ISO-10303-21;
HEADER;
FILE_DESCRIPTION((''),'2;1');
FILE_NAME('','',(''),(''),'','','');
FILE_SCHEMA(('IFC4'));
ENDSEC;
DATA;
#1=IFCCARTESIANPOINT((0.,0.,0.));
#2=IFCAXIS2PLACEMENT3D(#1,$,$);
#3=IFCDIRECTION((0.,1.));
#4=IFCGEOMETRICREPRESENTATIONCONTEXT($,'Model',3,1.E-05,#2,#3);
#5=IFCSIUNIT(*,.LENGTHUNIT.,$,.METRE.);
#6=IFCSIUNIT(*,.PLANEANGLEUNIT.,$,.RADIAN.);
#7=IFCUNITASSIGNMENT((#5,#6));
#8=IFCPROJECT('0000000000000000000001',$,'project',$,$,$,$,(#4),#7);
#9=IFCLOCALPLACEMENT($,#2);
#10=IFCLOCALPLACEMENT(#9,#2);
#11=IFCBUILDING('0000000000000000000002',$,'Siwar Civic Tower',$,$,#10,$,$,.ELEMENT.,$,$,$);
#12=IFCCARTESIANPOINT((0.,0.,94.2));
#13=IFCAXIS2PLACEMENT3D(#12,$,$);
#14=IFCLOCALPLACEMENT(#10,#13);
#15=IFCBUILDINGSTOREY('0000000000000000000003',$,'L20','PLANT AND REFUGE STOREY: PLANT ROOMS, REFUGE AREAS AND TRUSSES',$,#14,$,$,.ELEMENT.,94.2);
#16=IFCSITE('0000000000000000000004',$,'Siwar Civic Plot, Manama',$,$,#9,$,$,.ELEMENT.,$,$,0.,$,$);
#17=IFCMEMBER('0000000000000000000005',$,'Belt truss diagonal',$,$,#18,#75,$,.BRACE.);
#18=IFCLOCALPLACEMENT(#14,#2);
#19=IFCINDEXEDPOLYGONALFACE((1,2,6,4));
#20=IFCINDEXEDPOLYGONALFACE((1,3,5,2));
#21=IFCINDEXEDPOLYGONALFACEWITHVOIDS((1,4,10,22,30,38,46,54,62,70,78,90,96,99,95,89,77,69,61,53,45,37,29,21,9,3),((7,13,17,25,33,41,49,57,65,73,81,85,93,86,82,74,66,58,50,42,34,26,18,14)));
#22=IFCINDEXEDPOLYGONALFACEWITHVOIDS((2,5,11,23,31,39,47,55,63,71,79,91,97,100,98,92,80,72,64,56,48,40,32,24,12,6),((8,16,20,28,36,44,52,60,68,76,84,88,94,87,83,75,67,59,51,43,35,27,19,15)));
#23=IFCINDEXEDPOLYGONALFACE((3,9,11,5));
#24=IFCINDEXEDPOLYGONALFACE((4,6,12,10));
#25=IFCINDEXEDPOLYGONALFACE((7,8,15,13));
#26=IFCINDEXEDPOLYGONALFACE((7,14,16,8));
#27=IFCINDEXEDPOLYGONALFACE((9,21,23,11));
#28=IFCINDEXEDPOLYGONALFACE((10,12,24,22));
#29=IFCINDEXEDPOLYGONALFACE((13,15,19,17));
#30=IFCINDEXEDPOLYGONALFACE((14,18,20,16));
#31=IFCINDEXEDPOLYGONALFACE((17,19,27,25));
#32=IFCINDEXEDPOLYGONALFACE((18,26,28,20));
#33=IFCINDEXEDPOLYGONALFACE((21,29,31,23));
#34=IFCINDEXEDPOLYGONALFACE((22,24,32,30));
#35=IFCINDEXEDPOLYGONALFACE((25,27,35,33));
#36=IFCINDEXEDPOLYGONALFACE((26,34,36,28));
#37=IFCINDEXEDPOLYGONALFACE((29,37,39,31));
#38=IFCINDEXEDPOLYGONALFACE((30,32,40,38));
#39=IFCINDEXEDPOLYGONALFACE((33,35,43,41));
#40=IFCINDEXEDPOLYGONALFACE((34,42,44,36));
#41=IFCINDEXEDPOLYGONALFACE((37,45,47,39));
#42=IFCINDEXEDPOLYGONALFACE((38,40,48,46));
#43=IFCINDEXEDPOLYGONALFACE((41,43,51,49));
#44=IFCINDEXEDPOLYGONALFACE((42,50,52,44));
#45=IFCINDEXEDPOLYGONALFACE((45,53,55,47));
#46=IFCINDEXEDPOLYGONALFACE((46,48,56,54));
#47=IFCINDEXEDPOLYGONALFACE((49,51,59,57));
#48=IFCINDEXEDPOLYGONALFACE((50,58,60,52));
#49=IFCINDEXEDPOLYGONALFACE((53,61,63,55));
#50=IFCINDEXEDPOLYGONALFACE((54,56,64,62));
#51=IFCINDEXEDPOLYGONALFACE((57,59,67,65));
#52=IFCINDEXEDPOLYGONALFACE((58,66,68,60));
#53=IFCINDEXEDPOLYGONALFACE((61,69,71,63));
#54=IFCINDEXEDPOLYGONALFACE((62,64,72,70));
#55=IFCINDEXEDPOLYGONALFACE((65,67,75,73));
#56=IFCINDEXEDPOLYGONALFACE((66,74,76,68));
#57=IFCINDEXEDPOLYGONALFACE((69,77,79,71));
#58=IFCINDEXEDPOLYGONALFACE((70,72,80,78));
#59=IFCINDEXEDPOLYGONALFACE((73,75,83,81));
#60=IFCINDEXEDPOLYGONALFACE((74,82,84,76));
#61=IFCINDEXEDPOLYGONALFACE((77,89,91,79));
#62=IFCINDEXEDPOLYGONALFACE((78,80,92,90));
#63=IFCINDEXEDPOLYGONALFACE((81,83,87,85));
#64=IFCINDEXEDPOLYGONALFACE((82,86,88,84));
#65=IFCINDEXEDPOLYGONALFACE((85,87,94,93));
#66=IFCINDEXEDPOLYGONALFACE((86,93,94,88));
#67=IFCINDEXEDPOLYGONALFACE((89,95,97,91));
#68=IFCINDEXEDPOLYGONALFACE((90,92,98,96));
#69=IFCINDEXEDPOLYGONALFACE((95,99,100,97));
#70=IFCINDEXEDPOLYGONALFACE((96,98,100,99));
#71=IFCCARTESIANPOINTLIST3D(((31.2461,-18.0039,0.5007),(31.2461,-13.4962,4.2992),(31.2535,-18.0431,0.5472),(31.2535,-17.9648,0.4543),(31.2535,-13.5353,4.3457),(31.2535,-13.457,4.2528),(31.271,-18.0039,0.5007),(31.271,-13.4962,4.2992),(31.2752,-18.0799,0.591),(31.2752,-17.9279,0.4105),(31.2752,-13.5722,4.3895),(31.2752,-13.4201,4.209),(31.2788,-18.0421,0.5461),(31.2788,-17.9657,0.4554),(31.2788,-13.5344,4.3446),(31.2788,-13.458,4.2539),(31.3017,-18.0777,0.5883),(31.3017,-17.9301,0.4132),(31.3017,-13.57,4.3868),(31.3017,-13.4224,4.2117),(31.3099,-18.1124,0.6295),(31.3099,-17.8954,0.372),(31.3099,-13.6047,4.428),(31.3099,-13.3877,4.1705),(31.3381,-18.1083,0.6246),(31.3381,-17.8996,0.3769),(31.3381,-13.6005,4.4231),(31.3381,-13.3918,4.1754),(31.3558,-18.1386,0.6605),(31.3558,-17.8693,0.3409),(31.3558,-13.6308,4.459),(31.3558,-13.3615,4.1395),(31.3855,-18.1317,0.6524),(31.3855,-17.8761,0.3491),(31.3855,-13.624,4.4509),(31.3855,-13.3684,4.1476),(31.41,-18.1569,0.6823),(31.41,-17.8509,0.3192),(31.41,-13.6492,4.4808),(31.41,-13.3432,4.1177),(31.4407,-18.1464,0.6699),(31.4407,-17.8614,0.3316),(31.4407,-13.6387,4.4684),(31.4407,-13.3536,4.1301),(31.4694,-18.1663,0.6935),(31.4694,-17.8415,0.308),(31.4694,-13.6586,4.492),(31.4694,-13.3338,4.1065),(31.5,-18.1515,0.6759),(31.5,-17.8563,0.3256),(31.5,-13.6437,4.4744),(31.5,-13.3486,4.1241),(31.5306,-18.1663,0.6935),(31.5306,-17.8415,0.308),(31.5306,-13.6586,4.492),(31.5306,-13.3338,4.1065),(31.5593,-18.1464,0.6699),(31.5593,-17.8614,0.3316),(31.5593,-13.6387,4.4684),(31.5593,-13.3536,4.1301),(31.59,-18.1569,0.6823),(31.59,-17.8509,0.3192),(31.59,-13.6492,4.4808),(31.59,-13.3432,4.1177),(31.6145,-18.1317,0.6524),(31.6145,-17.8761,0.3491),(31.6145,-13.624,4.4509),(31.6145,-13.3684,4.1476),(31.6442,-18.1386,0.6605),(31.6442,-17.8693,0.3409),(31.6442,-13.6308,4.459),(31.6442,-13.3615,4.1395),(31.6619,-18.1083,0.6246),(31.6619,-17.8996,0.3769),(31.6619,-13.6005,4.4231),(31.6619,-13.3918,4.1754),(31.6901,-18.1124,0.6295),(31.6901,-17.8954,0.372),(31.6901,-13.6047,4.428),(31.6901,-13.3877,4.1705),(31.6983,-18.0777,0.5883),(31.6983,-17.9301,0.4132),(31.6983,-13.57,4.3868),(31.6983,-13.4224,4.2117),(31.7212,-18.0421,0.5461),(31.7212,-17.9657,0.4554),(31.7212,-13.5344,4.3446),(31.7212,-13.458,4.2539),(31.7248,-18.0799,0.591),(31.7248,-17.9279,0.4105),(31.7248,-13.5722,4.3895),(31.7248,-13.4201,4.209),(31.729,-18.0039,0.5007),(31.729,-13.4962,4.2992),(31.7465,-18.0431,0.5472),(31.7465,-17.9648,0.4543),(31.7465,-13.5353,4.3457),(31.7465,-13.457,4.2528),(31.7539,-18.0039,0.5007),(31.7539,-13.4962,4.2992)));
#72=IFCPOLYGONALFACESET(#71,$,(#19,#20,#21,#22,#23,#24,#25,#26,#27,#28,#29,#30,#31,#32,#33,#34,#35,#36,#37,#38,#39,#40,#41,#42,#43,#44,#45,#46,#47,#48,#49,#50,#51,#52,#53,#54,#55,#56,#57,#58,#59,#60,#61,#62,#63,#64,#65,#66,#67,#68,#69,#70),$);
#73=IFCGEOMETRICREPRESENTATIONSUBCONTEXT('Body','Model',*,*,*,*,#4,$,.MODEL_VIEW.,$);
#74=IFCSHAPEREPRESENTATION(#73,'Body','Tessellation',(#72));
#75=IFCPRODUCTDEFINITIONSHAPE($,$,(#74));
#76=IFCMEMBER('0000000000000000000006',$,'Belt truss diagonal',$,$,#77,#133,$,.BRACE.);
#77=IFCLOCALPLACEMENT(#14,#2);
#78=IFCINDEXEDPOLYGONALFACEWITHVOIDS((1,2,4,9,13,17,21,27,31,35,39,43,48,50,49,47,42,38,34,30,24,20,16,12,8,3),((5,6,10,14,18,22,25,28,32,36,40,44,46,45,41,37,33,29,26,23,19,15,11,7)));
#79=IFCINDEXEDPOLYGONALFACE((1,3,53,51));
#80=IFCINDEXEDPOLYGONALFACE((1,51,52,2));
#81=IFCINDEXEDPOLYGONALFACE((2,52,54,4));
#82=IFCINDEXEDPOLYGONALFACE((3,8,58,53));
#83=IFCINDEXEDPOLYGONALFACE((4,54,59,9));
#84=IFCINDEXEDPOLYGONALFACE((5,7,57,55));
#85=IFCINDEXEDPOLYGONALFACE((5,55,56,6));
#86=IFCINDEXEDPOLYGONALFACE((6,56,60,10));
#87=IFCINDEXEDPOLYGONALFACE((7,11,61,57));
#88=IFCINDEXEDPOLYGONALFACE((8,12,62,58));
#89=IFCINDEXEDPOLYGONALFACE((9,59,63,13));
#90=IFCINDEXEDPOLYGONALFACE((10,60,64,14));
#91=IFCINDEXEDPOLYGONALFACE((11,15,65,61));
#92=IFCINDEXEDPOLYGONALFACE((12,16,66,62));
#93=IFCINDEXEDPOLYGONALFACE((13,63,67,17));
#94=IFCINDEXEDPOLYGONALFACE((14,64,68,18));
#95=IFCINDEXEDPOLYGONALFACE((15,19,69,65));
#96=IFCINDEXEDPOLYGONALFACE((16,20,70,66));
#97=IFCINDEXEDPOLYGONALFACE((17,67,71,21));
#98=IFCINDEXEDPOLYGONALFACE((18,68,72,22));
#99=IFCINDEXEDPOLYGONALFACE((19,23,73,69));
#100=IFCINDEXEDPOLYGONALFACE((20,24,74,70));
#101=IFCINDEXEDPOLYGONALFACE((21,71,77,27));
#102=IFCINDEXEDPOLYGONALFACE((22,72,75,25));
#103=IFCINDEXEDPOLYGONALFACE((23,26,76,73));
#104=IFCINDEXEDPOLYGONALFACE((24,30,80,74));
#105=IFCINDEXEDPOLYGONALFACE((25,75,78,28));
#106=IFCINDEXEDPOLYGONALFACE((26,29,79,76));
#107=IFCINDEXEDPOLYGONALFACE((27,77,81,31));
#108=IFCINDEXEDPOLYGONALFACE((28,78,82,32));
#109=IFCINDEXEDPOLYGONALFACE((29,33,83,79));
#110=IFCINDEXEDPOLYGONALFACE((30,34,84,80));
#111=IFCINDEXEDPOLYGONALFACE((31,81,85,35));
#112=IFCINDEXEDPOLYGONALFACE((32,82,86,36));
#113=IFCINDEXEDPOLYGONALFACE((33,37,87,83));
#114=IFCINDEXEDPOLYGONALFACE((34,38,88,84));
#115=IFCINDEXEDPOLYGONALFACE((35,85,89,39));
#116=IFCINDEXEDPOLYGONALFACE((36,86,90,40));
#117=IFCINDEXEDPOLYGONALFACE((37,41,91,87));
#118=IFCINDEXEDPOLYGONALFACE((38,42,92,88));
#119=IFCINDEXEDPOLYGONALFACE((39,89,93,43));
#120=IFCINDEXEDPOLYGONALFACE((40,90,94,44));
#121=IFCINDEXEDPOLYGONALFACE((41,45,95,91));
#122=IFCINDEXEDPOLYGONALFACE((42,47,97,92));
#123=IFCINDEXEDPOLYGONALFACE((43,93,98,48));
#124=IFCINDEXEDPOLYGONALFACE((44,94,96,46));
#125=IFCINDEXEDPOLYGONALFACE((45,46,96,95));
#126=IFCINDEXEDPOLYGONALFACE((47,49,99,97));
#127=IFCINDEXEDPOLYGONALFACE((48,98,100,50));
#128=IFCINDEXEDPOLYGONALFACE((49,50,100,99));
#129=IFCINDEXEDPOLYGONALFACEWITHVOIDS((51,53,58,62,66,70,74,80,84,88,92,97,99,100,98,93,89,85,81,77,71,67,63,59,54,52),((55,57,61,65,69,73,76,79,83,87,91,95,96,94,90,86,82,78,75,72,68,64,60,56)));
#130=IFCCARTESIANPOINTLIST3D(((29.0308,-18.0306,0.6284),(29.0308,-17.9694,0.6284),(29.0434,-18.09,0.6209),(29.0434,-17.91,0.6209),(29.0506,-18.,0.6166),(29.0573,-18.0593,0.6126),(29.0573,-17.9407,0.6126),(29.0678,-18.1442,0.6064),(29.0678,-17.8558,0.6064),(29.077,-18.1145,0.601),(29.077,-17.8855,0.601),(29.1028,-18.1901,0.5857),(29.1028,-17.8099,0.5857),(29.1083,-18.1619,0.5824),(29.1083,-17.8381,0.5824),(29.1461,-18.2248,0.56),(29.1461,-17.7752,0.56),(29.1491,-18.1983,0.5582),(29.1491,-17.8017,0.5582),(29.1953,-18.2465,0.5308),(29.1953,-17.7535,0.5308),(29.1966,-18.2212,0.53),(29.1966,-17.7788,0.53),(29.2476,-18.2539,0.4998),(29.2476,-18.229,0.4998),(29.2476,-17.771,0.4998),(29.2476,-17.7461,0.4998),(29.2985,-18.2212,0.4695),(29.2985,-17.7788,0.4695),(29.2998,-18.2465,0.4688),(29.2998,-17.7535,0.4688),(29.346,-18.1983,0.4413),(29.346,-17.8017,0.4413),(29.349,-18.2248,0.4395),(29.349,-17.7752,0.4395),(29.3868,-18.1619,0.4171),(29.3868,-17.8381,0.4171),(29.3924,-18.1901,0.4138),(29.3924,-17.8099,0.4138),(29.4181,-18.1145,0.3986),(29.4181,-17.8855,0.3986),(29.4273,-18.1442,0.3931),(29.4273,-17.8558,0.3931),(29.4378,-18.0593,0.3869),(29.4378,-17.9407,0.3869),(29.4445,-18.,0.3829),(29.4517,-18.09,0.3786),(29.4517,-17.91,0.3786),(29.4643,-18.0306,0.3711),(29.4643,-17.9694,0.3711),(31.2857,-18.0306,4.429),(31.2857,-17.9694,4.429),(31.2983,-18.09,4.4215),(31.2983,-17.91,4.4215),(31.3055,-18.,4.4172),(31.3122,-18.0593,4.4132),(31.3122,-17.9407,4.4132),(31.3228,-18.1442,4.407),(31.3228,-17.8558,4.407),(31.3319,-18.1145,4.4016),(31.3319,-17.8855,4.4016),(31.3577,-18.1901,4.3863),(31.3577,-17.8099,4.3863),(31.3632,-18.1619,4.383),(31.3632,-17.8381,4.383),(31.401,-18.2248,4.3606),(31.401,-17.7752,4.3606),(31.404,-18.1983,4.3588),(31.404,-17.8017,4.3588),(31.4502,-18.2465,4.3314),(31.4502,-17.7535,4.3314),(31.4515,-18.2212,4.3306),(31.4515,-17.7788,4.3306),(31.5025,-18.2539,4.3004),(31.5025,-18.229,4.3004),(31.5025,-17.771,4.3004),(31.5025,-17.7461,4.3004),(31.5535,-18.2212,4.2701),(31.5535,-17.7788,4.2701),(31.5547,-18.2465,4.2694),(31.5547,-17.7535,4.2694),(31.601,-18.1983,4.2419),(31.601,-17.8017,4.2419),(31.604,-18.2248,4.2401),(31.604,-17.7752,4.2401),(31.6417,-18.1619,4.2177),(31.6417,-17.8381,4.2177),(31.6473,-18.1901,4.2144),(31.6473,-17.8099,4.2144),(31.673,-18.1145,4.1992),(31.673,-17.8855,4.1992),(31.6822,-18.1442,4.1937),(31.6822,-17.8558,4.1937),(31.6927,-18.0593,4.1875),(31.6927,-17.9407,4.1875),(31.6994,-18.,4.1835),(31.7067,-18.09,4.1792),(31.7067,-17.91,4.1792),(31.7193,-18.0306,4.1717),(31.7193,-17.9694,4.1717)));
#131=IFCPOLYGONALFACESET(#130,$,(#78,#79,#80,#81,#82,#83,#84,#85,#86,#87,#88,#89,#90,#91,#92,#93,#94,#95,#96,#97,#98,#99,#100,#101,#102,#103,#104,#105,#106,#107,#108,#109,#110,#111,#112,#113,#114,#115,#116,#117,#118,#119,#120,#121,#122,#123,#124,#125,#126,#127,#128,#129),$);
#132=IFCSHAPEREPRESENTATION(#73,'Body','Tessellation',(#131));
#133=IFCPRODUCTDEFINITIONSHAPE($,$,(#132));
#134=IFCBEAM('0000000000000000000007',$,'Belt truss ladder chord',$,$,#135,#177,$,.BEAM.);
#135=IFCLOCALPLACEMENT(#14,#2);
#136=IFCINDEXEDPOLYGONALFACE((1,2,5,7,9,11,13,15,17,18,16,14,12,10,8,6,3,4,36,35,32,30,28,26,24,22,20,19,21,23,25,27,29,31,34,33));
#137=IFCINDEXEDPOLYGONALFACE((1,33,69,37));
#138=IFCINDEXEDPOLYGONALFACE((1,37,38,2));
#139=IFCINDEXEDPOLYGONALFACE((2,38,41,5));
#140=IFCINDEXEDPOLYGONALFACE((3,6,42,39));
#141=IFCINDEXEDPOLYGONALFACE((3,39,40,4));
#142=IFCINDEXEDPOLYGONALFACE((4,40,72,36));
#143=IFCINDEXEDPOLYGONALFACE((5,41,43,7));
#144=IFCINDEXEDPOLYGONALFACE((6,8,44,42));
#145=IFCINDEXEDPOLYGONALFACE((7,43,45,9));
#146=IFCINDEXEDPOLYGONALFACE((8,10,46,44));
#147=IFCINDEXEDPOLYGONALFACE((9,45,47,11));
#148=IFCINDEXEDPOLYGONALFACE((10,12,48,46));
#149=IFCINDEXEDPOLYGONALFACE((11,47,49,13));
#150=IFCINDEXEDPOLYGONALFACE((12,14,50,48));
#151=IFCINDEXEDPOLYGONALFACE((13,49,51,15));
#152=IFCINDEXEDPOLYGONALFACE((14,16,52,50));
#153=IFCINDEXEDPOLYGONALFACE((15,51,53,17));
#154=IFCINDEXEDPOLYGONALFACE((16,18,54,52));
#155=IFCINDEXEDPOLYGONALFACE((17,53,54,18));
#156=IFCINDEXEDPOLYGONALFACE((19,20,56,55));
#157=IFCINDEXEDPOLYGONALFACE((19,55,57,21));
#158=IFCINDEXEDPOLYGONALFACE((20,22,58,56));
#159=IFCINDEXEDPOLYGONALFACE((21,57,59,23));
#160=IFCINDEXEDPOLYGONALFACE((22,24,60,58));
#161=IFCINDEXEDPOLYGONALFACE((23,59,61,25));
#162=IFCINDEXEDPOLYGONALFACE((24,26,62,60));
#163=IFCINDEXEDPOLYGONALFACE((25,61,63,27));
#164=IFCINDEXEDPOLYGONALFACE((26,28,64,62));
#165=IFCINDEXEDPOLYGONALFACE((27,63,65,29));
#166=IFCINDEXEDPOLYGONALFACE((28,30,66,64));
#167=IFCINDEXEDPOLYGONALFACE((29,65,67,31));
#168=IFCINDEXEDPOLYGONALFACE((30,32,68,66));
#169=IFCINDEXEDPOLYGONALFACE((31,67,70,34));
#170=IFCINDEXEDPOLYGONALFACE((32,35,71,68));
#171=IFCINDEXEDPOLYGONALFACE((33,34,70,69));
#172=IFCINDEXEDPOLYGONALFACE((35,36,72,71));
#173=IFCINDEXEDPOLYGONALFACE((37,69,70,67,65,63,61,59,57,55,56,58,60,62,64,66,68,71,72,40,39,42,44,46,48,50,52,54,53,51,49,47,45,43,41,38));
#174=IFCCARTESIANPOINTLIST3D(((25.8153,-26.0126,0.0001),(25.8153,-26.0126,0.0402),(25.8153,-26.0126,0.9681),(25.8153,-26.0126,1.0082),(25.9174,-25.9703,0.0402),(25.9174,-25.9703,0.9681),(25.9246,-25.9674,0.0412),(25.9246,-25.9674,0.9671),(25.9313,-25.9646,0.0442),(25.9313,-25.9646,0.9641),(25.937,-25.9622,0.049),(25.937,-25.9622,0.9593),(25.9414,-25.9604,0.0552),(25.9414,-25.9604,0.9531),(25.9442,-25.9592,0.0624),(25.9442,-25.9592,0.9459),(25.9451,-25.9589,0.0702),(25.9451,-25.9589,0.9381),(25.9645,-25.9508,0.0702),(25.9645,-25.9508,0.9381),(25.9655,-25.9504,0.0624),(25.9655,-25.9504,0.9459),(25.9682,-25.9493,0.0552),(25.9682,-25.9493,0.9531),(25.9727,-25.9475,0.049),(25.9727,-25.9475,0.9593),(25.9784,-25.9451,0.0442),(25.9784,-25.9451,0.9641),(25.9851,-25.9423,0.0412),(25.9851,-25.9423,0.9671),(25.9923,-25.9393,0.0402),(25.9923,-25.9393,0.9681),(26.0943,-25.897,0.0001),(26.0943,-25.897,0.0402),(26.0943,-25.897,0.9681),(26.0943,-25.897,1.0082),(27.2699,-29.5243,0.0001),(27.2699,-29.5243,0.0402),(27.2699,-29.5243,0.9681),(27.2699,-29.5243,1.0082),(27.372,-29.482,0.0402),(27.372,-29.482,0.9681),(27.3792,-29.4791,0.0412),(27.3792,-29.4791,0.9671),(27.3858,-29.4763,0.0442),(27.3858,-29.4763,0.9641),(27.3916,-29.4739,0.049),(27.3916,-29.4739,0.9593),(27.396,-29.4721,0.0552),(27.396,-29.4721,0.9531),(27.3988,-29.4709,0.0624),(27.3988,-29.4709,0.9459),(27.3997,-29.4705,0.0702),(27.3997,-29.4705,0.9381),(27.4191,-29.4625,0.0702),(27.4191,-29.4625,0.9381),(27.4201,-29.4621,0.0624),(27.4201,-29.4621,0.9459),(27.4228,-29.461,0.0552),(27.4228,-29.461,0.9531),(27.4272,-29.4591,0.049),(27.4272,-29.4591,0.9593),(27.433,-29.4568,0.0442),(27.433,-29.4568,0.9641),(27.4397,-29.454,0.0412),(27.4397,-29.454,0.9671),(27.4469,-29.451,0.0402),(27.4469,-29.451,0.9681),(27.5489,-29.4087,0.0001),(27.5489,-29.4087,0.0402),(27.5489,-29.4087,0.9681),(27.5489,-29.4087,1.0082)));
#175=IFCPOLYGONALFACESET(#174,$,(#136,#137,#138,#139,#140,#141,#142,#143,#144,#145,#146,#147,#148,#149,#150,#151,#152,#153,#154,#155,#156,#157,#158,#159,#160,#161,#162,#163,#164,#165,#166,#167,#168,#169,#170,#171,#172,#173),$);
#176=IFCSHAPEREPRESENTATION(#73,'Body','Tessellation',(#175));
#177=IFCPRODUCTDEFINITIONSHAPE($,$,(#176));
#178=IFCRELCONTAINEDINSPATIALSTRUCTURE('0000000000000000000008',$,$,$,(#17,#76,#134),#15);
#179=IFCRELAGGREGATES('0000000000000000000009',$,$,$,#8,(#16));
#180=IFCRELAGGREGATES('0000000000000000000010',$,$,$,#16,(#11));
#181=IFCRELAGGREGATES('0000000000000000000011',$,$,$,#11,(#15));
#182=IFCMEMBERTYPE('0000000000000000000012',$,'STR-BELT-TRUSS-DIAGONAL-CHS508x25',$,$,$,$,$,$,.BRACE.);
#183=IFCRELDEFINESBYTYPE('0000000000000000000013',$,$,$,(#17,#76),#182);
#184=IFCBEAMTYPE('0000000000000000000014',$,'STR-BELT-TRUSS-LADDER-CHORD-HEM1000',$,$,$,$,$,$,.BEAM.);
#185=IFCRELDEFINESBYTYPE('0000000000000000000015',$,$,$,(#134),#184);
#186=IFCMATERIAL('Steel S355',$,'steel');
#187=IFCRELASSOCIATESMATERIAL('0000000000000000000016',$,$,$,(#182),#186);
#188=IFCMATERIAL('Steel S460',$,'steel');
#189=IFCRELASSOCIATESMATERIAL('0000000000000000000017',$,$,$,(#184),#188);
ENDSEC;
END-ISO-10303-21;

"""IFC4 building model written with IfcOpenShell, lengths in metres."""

from ifc_helpers import new_model, si_unit, direction, frame, origin, origin_2d, place, context, subcontext, project, spatial, hollow_circle, i_section, extrude, material, material_profile, profile_set, type_object, element, save


model = new_model("IFC4")

# Units and contexts
model_context = context("Model", 3, precision=1e-05, world=origin(), true_north=direction((0.0, 1.0)))
body_context = subcontext(model_context, "Body", "Model", "MODEL_VIEW")
ifc_project = project(units=[si_unit("LENGTHUNIT", "METRE"), si_unit("PLANEANGLEUNIT", "RADIAN")], contexts=[model_context])

# Site, building, storey
site_placement = place(None, origin())
site = spatial("IfcSite", under=ifc_project, at=site_placement, Name="Siwar Civic Plot, Manama", CompositionType="ELEMENT", RefElevation=0.0)
building_placement = place(site_placement, origin())
building = spatial("IfcBuilding", under=site, at=building_placement, Name="Siwar Civic Tower", CompositionType="ELEMENT")
storey_placement = place(building_placement, frame((0.0, 0.0, 94.2)))
storey = spatial("IfcBuildingStorey", under=building, at=storey_placement, Name="L20", Description="PLANT AND REFUGE STOREY: PLANT ROOMS, REFUGE AREAS AND TRUSSES", CompositionType="ELEMENT", Elevation=94.2)

# Members
ifc_material_1 = material(Name="Steel S355", Category="steel")
ifc_material_profile_1 = material_profile(ifc_material_1, hollow_circle(Radius=0.2539, WallThickness=0.0249, at=origin_2d()), Name="CHS508x25")
ifc_profile_set_1 = profile_set([ifc_material_profile_1], Name="Steel S355")
member_type_1 = type_object("IfcMemberType", Name="STR-BELT-TRUSS-DIAGONAL-CHS508x25", PredefinedType="BRACE", material=ifc_profile_set_1)
for number, where, z_axis, x_axis, name in (
    (1, (31.5, -18.0039, 0.5007), (0.0, 0.7647, 0.644387), (-1.0, 0.0, 0.0), "Belt truss diagonal"),
):
    element("IfcMember", number, at=place(storey_placement, frame(where, z_axis=z_axis, x_axis=x_axis)), inside=storey, type_object=member_type_1, Name=name, PredefinedType="BRACE", context=body_context, shape_type="SweptSolid", body=[
        extrude(hollow_circle(Radius=0.2539, WallThickness=0.0249, at=origin_2d()), origin(), (0.0, 0.0, 1.0), 5.8948),
    ])
member_1_placement = place(storey_placement, frame((29.2476, -18.0, 0.4998), z_axis=(0.510257, 0.0, 0.860022), x_axis=(0.0, 1.0, 0.0)))
element("IfcMember", 2, at=member_1_placement, inside=storey, type_object=member_type_1, Name="Belt truss diagonal", PredefinedType="BRACE", context=body_context, shape_type="SweptSolid", body=[
    extrude(hollow_circle(Radius=0.2539, WallThickness=0.0249, at=origin_2d()), origin(), (0.0, 0.0, 1.0), 4.4192),
])

# Beam
ifc_material_2 = material(Name="Steel S460", Category="steel")
ifc_material_profile_2 = material_profile(ifc_material_2, i_section(OverallWidth=0.302, OverallDepth=1.0081, WebThickness=0.021, FlangeThickness=0.04, FilletRadius=0.03, at=origin_2d()), Name="HEM1000")
ifc_profile_set_2 = profile_set([ifc_material_profile_2], Name="Steel S460")
beam_type_1 = type_object("IfcBeamType", Name="STR-BELT-TRUSS-LADDER-CHORD-HEM1000", PredefinedType="BEAM", material=ifc_profile_set_2)
for number, where, z_axis, x_axis, name in (
    (3, (25.9548, -25.9548, 0.5042), (0.382681, -0.923881, 0.0), (0.923881, 0.382681, 0.0), "Belt truss ladder chord"),
):
    element("IfcBeam", number, at=place(storey_placement, frame(where, z_axis=z_axis, x_axis=x_axis)), inside=storey, type_object=beam_type_1, Name=name, PredefinedType="BEAM", context=body_context, shape_type="SweptSolid", body=[
        extrude(i_section(OverallWidth=0.302, OverallDepth=1.0081, WebThickness=0.021, FlangeThickness=0.04, FilletRadius=0.03, at=origin_2d()), origin(), (0.0, 0.0, 1.0), 3.801),
    ])

save(model, "model.ifc")
